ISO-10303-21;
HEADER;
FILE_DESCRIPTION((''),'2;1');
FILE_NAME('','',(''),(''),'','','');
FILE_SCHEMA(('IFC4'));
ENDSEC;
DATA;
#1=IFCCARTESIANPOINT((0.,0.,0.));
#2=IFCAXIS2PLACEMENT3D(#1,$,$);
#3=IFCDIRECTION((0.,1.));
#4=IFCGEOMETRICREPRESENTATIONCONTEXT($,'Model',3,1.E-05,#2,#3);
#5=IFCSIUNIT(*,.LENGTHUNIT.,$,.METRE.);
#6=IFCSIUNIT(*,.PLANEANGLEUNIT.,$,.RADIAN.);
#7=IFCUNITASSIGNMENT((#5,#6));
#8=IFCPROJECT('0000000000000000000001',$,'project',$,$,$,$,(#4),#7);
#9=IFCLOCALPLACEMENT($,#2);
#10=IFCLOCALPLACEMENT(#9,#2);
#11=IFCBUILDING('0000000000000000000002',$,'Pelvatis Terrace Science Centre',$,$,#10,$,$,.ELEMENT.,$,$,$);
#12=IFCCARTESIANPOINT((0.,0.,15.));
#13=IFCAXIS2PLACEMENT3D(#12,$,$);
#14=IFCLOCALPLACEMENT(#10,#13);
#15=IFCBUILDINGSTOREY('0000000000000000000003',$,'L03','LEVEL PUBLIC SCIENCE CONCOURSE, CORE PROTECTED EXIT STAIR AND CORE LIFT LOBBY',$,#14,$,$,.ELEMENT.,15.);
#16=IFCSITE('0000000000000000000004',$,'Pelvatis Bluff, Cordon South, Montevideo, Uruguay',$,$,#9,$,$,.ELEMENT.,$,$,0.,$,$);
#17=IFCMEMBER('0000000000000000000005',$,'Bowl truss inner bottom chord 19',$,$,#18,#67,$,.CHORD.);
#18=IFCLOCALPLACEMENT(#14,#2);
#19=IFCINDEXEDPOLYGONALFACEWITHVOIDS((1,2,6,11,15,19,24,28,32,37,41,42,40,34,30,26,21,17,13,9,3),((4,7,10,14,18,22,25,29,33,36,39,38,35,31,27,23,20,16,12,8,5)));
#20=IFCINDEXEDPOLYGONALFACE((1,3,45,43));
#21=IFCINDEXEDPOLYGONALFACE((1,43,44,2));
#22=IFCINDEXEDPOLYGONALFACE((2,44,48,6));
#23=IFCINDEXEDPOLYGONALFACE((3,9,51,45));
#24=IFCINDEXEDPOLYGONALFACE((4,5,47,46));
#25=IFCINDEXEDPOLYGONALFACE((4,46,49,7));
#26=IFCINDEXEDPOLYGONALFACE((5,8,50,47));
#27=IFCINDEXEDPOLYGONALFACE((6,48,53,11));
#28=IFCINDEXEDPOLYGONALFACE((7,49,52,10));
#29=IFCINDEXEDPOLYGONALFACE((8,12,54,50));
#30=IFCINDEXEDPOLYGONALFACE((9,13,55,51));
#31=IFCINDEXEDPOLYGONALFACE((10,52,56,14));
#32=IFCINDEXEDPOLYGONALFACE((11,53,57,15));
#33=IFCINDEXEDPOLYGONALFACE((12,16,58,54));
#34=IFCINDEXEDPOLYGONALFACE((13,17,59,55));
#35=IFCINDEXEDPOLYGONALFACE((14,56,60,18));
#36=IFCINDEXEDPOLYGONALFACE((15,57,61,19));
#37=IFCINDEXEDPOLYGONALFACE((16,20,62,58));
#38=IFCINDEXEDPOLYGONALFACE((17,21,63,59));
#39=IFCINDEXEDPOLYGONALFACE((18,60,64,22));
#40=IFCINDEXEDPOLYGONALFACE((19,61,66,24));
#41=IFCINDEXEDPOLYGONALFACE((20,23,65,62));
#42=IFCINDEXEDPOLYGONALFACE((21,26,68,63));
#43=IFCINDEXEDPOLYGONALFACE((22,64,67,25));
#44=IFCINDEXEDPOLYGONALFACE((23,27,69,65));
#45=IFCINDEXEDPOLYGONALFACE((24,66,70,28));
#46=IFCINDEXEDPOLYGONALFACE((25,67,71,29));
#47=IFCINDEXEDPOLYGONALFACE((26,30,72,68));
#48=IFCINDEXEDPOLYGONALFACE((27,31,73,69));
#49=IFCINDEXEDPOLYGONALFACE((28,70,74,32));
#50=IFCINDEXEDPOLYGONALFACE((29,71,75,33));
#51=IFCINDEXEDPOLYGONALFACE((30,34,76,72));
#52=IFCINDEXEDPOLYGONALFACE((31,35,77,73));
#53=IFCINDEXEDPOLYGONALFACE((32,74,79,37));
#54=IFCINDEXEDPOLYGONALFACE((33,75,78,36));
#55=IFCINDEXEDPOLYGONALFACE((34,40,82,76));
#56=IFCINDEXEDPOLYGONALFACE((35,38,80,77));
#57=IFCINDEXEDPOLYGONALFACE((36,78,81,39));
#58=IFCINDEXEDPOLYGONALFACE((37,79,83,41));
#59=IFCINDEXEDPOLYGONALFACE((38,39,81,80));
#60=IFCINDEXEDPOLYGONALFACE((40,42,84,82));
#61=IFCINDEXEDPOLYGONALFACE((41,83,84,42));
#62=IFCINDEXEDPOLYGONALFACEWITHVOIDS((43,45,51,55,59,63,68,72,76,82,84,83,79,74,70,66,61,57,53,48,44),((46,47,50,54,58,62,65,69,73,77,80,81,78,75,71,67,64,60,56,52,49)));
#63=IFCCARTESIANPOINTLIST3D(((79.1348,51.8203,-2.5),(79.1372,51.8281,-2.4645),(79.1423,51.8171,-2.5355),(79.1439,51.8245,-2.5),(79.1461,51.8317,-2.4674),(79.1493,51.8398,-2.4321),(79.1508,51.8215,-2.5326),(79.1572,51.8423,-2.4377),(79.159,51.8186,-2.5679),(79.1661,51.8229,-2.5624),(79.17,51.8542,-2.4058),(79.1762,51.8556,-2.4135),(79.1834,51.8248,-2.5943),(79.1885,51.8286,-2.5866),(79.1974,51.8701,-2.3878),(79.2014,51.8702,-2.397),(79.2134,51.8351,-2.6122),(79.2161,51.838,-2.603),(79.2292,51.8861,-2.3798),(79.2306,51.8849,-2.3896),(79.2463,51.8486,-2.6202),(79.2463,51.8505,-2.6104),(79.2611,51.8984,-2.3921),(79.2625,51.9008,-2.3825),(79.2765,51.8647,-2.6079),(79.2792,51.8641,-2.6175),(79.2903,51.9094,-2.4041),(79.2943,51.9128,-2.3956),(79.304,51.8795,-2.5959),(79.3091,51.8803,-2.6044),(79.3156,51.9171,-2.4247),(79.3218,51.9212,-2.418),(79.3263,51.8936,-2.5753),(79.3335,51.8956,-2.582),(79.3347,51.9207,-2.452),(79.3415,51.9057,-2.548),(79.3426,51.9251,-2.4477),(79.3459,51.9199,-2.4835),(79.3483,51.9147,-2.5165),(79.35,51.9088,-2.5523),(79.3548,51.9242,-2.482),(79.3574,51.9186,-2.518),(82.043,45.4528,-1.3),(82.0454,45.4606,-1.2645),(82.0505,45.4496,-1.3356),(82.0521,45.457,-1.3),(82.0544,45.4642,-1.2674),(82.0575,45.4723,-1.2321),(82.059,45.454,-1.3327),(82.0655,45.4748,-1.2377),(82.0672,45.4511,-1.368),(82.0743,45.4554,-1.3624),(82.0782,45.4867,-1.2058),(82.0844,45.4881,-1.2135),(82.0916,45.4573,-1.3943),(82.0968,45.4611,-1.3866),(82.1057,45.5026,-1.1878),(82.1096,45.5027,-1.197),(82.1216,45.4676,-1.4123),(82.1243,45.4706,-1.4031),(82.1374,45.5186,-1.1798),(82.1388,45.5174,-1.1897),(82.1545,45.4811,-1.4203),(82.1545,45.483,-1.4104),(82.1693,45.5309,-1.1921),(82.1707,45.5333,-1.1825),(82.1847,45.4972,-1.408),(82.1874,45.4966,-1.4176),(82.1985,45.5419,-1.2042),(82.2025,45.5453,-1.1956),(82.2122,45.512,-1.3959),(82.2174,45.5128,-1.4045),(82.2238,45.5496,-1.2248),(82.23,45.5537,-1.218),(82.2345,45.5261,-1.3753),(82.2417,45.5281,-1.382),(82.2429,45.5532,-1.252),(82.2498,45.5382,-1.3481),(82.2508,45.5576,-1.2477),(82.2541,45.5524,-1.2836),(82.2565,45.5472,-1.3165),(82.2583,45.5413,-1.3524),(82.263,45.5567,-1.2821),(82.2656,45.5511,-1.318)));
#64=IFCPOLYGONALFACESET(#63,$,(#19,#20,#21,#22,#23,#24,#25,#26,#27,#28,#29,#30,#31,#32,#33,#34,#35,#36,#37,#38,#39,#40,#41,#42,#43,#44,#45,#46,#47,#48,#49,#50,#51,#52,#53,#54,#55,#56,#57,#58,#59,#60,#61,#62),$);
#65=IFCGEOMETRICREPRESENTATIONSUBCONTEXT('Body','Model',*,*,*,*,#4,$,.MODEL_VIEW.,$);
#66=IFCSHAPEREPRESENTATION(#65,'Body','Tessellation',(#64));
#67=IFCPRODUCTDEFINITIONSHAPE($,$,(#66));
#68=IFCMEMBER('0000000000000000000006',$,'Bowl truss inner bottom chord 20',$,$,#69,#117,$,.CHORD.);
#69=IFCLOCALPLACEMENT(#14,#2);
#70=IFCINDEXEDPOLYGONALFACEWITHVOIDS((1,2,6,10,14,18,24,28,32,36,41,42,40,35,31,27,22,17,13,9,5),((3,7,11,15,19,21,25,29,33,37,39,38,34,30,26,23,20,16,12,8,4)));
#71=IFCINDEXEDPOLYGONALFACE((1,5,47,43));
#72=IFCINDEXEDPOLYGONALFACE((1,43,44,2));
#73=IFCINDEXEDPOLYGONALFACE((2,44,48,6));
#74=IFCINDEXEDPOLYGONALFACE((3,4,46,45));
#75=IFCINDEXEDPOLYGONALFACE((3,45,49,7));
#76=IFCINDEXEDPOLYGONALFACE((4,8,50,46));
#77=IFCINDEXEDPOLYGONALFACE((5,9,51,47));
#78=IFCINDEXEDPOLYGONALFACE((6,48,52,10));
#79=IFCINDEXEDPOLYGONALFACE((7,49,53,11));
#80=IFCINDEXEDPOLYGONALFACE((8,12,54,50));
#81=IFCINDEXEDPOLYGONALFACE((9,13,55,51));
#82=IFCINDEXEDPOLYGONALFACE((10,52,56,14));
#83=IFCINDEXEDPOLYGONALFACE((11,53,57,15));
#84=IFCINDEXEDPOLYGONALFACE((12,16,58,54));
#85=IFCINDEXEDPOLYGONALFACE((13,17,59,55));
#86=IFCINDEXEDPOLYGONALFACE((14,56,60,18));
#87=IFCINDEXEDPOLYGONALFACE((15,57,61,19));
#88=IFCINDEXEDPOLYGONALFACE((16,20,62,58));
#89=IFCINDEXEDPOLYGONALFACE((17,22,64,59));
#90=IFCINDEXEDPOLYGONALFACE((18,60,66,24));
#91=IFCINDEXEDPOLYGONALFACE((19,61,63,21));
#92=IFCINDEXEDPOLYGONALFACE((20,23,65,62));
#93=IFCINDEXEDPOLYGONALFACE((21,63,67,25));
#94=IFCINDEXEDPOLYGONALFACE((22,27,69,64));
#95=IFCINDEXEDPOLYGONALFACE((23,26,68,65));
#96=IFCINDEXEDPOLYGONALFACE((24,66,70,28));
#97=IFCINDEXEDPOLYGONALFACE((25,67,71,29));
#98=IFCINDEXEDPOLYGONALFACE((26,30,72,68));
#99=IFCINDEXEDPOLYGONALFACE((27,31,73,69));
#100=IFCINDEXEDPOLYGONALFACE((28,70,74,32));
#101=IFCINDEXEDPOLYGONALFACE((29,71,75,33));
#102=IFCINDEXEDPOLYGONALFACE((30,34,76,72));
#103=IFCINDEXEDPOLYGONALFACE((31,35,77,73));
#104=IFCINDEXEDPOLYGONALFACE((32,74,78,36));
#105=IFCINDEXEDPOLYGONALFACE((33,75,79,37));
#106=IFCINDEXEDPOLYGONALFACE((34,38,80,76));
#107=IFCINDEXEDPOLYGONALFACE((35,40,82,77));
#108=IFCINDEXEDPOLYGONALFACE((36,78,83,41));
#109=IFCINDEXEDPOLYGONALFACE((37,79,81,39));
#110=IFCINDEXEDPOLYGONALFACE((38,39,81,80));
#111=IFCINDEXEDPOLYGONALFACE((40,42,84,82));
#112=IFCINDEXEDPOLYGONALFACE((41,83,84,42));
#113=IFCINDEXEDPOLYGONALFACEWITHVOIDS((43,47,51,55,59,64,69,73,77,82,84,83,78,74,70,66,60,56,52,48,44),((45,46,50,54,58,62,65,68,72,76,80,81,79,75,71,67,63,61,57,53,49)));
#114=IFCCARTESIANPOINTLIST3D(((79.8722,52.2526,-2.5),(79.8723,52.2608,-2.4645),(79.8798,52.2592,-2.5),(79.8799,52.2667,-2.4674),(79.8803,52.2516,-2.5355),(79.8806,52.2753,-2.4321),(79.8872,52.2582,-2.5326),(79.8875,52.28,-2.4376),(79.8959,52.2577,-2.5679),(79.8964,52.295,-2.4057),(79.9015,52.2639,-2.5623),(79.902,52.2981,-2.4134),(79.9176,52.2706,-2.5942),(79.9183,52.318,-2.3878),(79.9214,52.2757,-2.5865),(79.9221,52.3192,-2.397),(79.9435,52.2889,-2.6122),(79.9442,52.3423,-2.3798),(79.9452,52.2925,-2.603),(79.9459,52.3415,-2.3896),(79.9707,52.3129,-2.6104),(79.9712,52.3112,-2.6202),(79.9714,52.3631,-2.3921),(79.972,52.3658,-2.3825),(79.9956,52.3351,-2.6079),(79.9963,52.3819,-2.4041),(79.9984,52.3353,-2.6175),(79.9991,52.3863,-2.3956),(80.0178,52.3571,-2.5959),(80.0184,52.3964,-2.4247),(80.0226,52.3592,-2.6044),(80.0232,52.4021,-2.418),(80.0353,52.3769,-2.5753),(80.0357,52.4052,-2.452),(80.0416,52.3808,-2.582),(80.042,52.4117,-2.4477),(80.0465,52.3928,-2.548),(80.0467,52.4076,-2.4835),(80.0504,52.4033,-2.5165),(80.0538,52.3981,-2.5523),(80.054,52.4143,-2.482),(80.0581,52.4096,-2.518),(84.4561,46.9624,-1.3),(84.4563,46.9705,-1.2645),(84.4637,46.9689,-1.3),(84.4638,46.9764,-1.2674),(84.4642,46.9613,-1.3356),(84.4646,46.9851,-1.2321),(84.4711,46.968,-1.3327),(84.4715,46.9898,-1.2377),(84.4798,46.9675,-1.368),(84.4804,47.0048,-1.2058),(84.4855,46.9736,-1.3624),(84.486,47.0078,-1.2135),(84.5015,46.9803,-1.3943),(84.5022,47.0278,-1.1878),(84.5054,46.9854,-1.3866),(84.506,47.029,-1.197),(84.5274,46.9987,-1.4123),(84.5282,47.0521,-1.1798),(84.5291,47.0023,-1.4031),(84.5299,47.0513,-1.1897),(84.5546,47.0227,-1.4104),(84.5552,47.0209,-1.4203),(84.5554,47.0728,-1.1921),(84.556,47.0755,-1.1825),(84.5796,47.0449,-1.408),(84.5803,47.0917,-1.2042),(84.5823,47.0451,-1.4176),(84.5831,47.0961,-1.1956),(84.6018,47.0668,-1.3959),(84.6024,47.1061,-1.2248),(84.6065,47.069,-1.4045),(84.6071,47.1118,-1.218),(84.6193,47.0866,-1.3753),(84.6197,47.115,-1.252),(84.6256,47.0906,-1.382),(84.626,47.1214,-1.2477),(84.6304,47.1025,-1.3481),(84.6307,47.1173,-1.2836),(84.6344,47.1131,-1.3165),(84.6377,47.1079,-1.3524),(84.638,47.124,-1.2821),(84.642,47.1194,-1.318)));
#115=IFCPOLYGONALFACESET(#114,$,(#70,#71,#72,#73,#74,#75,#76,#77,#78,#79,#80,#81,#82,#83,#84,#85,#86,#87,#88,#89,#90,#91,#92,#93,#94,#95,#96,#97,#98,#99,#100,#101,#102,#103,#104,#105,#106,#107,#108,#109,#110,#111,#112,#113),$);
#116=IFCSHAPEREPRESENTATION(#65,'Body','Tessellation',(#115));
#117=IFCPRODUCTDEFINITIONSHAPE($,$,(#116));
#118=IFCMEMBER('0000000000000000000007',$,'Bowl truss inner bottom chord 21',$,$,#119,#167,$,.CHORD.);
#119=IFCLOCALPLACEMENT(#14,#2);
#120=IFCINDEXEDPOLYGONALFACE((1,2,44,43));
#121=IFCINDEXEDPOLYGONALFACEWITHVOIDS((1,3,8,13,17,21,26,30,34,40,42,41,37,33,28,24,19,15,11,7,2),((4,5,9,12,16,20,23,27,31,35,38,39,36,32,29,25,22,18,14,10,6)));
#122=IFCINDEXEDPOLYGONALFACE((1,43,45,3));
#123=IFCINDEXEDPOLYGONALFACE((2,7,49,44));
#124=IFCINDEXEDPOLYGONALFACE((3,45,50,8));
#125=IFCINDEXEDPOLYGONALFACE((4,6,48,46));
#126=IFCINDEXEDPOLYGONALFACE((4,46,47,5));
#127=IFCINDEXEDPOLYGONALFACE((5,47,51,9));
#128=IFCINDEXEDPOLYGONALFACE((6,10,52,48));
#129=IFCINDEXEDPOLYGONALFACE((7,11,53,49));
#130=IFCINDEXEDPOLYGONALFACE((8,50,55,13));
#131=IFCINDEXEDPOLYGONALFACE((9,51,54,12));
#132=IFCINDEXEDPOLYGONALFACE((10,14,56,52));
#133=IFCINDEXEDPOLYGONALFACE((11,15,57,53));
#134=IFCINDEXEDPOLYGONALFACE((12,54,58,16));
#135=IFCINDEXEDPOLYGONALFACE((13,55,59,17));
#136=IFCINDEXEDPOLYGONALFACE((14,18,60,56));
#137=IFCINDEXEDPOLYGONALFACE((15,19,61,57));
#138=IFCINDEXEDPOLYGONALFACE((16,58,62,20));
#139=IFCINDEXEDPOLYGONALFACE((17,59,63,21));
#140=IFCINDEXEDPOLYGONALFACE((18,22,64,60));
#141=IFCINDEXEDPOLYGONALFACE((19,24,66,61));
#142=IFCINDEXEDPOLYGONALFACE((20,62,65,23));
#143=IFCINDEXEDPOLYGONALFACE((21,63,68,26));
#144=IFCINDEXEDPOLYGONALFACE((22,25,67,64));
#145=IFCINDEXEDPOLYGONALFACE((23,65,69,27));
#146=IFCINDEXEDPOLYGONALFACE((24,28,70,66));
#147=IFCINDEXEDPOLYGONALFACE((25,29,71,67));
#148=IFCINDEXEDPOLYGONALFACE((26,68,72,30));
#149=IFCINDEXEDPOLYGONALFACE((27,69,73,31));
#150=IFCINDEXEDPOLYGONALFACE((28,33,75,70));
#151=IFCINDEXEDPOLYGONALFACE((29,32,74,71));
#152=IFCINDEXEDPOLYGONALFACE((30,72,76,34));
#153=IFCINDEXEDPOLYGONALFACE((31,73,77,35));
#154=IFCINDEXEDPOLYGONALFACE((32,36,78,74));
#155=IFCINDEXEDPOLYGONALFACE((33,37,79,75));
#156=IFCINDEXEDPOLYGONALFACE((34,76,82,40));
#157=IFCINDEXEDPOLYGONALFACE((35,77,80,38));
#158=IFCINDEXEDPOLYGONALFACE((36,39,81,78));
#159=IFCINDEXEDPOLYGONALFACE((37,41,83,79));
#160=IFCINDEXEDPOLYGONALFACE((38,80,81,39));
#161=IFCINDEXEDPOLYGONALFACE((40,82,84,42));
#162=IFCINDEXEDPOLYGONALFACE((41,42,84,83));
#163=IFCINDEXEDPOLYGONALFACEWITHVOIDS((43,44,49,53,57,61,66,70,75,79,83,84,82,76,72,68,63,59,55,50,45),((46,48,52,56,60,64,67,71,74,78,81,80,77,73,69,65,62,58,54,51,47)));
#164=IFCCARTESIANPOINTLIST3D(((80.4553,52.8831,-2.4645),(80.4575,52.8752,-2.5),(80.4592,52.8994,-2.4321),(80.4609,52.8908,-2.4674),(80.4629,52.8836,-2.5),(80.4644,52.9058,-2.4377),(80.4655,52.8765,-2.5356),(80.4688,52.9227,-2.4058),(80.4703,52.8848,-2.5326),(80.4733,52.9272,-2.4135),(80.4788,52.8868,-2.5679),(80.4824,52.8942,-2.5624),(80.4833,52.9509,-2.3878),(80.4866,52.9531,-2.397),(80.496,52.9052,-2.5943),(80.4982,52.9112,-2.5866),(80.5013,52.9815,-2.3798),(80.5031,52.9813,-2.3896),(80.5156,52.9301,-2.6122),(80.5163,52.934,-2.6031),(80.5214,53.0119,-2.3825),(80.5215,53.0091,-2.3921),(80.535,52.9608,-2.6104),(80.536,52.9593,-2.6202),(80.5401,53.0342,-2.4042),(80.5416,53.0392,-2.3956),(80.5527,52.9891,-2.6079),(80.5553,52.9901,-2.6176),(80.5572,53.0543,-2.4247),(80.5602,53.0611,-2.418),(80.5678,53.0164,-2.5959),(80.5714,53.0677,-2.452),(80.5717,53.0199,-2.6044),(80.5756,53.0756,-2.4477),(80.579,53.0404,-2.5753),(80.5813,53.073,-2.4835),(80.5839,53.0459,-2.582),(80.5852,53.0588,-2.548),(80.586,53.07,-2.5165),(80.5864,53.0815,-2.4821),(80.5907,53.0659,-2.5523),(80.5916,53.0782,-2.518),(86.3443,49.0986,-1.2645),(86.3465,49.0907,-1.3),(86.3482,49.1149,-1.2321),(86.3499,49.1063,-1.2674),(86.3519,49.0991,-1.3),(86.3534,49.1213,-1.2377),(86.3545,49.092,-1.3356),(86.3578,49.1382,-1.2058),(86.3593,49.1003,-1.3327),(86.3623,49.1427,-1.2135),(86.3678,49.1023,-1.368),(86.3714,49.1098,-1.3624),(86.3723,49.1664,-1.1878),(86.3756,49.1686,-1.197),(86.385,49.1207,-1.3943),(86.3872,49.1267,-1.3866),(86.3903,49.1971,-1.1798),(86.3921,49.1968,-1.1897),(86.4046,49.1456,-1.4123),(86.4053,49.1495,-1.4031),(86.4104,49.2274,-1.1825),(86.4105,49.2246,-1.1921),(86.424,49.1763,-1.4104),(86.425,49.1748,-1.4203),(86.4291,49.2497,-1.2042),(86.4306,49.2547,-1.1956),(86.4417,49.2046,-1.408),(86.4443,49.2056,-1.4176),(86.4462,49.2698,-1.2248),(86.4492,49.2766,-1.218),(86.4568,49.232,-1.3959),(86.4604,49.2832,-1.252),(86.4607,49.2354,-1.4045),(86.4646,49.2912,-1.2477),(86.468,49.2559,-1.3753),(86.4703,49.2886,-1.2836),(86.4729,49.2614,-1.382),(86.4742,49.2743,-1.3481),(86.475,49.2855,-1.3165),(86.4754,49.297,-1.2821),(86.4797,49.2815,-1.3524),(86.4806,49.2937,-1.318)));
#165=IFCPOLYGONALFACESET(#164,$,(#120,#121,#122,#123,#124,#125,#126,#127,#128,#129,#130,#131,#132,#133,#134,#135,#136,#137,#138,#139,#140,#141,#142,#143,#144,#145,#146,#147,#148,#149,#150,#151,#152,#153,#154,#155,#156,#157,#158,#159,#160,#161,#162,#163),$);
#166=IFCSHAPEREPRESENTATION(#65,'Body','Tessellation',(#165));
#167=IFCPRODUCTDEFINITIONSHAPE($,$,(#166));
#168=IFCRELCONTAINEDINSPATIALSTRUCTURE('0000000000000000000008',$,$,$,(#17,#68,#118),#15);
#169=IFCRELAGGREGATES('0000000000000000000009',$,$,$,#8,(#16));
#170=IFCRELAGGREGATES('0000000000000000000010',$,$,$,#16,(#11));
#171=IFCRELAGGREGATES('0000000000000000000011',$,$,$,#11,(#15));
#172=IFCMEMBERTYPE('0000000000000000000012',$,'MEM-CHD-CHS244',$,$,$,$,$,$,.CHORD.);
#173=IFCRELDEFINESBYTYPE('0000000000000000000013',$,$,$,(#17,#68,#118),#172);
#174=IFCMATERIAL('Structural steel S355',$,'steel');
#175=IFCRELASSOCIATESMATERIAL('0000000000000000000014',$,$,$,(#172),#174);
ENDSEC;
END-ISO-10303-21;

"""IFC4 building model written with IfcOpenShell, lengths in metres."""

from ifc_helpers import new_model, si_unit, direction, frame, origin, origin_2d, place, context, subcontext, project, spatial, hollow_circle, extrude, material, material_profile, profile_set, type_object, element, save


model = new_model("IFC4")

# Units and contexts
model_context = context("Model", 3, precision=1e-05, world=origin(), true_north=direction((0.0, 1.0)))
body_context = subcontext(model_context, "Body", "Model", "MODEL_VIEW")
ifc_project = project(units=[si_unit("LENGTHUNIT", "METRE"), si_unit("PLANEANGLEUNIT", "RADIAN")], contexts=[model_context])

# Site, building, storey
site_placement = place(None, origin())
site = spatial("IfcSite", under=ifc_project, at=site_placement, Name="Pelvatis Bluff, Cordon South, Montevideo, Uruguay", CompositionType="ELEMENT", RefElevation=0.0)
building_placement = place(site_placement, origin())
building = spatial("IfcBuilding", under=site, at=building_placement, Name="Pelvatis Terrace Science Centre", CompositionType="ELEMENT")
storey_placement = place(building_placement, frame((0.0, 0.0, 15.0)))
storey = spatial("IfcBuildingStorey", under=building, at=storey_placement, Name="L03", Description="LEVEL PUBLIC SCIENCE CONCOURSE, CORE PROTECTED EXIT STAIR AND CORE LIFT LOBBY", CompositionType="ELEMENT", Elevation=15.0)

# Members
ifc_material_1 = material(Name="Structural steel S355", Category="steel")
ifc_material_profile_1 = material_profile(ifc_material_1, hollow_circle(Radius=0.1223, WallThickness=0.01, at=origin_2d()), Name="CHS 244.5x10.0")
ifc_profile_set_1 = profile_set([ifc_material_profile_1], Name="Structural steel S355")
member_type_1 = type_object("IfcMemberType", Name="MEM-CHD-CHS244", PredefinedType="CHORD", material=ifc_profile_set_1)
member_1_placement = place(storey_placement, frame((82.1543, 45.5037, -1.3), z_axis=(-0.409477, 0.896539, -0.168954), x_axis=(-0.909616, -0.41545, 0.0)))
element("IfcMember", 1, at=member_1_placement, inside=storey, type_object=member_type_1, Name="Bowl truss inner bottom chord 19", PredefinedType="CHORD", context=body_context, shape_type="SweptSolid", body=[
    extrude(hollow_circle(Radius=0.1223, WallThickness=0.01, at=origin_2d()), origin(), (0.0, 0.0, 1.0), 7.1023),
])
member_2_placement = place(storey_placement, frame((84.5486, 47.0425, -1.3), z_axis=(-0.64544, 0.744889, -0.168957), x_axis=(-0.755755, -0.654855, 0.0)))
element("IfcMember", 2, at=member_2_placement, inside=storey, type_object=member_type_1, Name="Bowl truss inner bottom chord 20", PredefinedType="CHORD", context=body_context, shape_type="SweptSolid", body=[
    extrude(hollow_circle(Radius=0.1223, WallThickness=0.01, at=origin_2d()), origin(), (0.0, 0.0, 1.0), 7.1021),
])
member_3_placement = place(storey_placement, frame((86.4126, 49.1936, -1.3), z_axis=(-0.829169, 0.532853, -0.168955), x_axis=(-0.540625, -0.841263, 0.0)))
element("IfcMember", 3, at=member_3_placement, inside=storey, type_object=member_type_1, Name="Bowl truss inner bottom chord 21", PredefinedType="CHORD", context=body_context, shape_type="SweptSolid", body=[
    extrude(hollow_circle(Radius=0.1223, WallThickness=0.01, at=origin_2d()), origin(), (0.0, 0.0, 1.0), 7.1023),
])

save(model, "model.ifc")
